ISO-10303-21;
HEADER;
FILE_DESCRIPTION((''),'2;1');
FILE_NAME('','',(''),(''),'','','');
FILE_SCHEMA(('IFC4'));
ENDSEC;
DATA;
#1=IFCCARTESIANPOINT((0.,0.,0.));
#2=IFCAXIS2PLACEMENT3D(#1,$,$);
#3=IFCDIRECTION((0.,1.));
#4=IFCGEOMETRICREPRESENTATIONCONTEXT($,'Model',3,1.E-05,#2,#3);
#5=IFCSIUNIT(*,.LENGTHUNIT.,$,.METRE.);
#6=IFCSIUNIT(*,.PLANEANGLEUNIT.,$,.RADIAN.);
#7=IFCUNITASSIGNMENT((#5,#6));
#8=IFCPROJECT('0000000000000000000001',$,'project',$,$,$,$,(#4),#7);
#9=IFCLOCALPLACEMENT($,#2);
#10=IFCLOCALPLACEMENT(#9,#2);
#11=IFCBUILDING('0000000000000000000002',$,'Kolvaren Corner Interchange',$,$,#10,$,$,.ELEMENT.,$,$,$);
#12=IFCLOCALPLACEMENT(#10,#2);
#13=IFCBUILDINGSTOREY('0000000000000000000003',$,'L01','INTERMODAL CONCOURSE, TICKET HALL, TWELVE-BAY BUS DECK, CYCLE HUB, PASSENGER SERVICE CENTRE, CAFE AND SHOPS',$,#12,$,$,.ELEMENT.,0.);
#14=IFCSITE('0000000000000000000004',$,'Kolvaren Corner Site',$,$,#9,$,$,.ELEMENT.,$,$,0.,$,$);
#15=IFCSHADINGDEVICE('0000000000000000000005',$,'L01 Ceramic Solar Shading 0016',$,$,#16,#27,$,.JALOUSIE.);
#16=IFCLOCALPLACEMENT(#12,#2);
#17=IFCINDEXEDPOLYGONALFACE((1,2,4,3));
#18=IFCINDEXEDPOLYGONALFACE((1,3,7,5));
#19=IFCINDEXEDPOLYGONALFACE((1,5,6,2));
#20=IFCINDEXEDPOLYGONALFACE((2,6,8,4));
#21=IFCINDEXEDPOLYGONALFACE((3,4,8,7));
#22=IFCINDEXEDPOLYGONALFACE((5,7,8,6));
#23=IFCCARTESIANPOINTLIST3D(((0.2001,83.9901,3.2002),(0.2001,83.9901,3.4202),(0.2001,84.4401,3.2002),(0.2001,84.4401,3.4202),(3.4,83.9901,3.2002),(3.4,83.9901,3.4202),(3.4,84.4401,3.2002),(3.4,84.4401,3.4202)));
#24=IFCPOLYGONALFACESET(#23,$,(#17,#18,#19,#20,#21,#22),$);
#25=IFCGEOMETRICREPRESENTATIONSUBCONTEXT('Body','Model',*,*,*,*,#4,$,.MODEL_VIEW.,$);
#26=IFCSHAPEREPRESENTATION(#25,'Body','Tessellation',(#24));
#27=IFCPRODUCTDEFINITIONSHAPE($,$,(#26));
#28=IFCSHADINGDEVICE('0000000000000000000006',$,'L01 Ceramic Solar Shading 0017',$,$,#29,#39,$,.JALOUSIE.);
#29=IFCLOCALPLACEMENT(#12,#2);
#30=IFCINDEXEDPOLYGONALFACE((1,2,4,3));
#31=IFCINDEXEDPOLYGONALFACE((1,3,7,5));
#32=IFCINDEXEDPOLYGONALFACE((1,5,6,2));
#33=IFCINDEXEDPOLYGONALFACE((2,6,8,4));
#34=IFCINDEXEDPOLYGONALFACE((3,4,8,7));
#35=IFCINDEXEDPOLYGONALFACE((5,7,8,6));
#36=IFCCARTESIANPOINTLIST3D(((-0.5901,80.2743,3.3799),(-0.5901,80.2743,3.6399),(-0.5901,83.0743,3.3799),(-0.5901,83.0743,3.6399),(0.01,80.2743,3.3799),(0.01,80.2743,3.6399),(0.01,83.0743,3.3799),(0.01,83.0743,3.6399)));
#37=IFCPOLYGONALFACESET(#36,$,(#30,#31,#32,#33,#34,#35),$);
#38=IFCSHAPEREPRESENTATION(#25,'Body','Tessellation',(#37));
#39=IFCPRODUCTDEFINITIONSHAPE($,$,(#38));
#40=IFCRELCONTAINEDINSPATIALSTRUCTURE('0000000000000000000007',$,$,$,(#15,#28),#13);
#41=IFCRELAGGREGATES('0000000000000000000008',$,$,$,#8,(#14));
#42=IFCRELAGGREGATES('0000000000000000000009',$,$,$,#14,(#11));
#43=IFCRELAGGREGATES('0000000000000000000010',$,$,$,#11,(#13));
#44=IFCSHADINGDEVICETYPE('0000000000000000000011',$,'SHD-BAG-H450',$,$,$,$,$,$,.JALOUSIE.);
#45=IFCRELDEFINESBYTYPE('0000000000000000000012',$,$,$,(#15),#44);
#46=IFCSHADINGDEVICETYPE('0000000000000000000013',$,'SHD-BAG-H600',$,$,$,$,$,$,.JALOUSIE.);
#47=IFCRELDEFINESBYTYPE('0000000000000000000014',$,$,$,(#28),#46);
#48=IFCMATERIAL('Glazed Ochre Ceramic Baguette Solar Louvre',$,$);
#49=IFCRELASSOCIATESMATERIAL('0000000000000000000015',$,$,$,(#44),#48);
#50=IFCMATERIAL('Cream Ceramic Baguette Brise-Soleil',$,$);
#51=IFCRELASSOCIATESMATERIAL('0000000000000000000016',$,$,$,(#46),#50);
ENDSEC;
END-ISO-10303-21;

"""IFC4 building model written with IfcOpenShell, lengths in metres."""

from ifc_helpers import new_model, si_unit, direction, frame, origin, origin_2d, place, context, subcontext, project, spatial, rectangle, extrude, material, type_object, element, save


model = new_model("IFC4")

# Units and contexts
model_context = context("Model", 3, precision=1e-05, world=origin(), true_north=direction((0.0, 1.0)))
body_context = subcontext(model_context, "Body", "Model", "MODEL_VIEW")
ifc_project = project(units=[si_unit("LENGTHUNIT", "METRE"), si_unit("PLANEANGLEUNIT", "RADIAN")], contexts=[model_context])

# Site, building, storey
site_placement = place(None, origin())
site = spatial("IfcSite", under=ifc_project, at=site_placement, Name="Kolvaren Corner Site", CompositionType="ELEMENT", RefElevation=0.0)
building_placement = place(site_placement, origin())
building = spatial("IfcBuilding", under=site, at=building_placement, Name="Kolvaren Corner Interchange", CompositionType="ELEMENT")
storey_placement = place(building_placement, origin())
storey = spatial("IfcBuildingStorey", under=building, at=storey_placement, Name="L01", Description="INTERMODAL CONCOURSE, TICKET HALL, TWELVE-BAY BUS DECK, CYCLE HUB, PASSENGER SERVICE CENTRE, CAFE AND SHOPS", CompositionType="ELEMENT", Elevation=0.0)

# Shading devices
ifc_material_1 = material(Name="Glazed Ochre Ceramic Baguette Solar Louvre")
shading_device_type_1 = type_object("IfcShadingDeviceType", Name="SHD-BAG-H450", PredefinedType="JALOUSIE", material=ifc_material_1)
shading_device_1_placement = place(storey_placement, frame((1.8, 84.2151, 3.2002), z_axis=(0.0, 0.0, 1.0), x_axis=(-1.0, 0.0, 0.0)))
element("IfcShadingDevice", 1, at=shading_device_1_placement, inside=storey, type_object=shading_device_type_1, Name="L01 Ceramic Solar Shading 0016", PredefinedType="JALOUSIE", context=body_context, shape_type="SweptSolid", body=[
    extrude(rectangle(XDim=3.2, YDim=0.45, at=origin_2d()), origin(), (0.0, 0.0, 1.0), 0.22),
])
ifc_material_2 = material(Name="Cream Ceramic Baguette Brise-Soleil")
shading_device_type_2 = type_object("IfcShadingDeviceType", Name="SHD-BAG-H600", PredefinedType="JALOUSIE", material=ifc_material_2)
shading_device_2_placement = place(storey_placement, frame((-0.29, 81.6743, 3.3799), z_axis=(0.0, 0.0, 1.0), x_axis=(0.0, -1.0, 0.0)))
element("IfcShadingDevice", 2, at=shading_device_2_placement, inside=storey, type_object=shading_device_type_2, Name="L01 Ceramic Solar Shading 0017", PredefinedType="JALOUSIE", context=body_context, shape_type="SweptSolid", body=[
    extrude(rectangle(XDim=2.8, YDim=0.6001, at=origin_2d()), origin(), (0.0, 0.0, 1.0), 0.26),
])

save(model, "model.ifc")
